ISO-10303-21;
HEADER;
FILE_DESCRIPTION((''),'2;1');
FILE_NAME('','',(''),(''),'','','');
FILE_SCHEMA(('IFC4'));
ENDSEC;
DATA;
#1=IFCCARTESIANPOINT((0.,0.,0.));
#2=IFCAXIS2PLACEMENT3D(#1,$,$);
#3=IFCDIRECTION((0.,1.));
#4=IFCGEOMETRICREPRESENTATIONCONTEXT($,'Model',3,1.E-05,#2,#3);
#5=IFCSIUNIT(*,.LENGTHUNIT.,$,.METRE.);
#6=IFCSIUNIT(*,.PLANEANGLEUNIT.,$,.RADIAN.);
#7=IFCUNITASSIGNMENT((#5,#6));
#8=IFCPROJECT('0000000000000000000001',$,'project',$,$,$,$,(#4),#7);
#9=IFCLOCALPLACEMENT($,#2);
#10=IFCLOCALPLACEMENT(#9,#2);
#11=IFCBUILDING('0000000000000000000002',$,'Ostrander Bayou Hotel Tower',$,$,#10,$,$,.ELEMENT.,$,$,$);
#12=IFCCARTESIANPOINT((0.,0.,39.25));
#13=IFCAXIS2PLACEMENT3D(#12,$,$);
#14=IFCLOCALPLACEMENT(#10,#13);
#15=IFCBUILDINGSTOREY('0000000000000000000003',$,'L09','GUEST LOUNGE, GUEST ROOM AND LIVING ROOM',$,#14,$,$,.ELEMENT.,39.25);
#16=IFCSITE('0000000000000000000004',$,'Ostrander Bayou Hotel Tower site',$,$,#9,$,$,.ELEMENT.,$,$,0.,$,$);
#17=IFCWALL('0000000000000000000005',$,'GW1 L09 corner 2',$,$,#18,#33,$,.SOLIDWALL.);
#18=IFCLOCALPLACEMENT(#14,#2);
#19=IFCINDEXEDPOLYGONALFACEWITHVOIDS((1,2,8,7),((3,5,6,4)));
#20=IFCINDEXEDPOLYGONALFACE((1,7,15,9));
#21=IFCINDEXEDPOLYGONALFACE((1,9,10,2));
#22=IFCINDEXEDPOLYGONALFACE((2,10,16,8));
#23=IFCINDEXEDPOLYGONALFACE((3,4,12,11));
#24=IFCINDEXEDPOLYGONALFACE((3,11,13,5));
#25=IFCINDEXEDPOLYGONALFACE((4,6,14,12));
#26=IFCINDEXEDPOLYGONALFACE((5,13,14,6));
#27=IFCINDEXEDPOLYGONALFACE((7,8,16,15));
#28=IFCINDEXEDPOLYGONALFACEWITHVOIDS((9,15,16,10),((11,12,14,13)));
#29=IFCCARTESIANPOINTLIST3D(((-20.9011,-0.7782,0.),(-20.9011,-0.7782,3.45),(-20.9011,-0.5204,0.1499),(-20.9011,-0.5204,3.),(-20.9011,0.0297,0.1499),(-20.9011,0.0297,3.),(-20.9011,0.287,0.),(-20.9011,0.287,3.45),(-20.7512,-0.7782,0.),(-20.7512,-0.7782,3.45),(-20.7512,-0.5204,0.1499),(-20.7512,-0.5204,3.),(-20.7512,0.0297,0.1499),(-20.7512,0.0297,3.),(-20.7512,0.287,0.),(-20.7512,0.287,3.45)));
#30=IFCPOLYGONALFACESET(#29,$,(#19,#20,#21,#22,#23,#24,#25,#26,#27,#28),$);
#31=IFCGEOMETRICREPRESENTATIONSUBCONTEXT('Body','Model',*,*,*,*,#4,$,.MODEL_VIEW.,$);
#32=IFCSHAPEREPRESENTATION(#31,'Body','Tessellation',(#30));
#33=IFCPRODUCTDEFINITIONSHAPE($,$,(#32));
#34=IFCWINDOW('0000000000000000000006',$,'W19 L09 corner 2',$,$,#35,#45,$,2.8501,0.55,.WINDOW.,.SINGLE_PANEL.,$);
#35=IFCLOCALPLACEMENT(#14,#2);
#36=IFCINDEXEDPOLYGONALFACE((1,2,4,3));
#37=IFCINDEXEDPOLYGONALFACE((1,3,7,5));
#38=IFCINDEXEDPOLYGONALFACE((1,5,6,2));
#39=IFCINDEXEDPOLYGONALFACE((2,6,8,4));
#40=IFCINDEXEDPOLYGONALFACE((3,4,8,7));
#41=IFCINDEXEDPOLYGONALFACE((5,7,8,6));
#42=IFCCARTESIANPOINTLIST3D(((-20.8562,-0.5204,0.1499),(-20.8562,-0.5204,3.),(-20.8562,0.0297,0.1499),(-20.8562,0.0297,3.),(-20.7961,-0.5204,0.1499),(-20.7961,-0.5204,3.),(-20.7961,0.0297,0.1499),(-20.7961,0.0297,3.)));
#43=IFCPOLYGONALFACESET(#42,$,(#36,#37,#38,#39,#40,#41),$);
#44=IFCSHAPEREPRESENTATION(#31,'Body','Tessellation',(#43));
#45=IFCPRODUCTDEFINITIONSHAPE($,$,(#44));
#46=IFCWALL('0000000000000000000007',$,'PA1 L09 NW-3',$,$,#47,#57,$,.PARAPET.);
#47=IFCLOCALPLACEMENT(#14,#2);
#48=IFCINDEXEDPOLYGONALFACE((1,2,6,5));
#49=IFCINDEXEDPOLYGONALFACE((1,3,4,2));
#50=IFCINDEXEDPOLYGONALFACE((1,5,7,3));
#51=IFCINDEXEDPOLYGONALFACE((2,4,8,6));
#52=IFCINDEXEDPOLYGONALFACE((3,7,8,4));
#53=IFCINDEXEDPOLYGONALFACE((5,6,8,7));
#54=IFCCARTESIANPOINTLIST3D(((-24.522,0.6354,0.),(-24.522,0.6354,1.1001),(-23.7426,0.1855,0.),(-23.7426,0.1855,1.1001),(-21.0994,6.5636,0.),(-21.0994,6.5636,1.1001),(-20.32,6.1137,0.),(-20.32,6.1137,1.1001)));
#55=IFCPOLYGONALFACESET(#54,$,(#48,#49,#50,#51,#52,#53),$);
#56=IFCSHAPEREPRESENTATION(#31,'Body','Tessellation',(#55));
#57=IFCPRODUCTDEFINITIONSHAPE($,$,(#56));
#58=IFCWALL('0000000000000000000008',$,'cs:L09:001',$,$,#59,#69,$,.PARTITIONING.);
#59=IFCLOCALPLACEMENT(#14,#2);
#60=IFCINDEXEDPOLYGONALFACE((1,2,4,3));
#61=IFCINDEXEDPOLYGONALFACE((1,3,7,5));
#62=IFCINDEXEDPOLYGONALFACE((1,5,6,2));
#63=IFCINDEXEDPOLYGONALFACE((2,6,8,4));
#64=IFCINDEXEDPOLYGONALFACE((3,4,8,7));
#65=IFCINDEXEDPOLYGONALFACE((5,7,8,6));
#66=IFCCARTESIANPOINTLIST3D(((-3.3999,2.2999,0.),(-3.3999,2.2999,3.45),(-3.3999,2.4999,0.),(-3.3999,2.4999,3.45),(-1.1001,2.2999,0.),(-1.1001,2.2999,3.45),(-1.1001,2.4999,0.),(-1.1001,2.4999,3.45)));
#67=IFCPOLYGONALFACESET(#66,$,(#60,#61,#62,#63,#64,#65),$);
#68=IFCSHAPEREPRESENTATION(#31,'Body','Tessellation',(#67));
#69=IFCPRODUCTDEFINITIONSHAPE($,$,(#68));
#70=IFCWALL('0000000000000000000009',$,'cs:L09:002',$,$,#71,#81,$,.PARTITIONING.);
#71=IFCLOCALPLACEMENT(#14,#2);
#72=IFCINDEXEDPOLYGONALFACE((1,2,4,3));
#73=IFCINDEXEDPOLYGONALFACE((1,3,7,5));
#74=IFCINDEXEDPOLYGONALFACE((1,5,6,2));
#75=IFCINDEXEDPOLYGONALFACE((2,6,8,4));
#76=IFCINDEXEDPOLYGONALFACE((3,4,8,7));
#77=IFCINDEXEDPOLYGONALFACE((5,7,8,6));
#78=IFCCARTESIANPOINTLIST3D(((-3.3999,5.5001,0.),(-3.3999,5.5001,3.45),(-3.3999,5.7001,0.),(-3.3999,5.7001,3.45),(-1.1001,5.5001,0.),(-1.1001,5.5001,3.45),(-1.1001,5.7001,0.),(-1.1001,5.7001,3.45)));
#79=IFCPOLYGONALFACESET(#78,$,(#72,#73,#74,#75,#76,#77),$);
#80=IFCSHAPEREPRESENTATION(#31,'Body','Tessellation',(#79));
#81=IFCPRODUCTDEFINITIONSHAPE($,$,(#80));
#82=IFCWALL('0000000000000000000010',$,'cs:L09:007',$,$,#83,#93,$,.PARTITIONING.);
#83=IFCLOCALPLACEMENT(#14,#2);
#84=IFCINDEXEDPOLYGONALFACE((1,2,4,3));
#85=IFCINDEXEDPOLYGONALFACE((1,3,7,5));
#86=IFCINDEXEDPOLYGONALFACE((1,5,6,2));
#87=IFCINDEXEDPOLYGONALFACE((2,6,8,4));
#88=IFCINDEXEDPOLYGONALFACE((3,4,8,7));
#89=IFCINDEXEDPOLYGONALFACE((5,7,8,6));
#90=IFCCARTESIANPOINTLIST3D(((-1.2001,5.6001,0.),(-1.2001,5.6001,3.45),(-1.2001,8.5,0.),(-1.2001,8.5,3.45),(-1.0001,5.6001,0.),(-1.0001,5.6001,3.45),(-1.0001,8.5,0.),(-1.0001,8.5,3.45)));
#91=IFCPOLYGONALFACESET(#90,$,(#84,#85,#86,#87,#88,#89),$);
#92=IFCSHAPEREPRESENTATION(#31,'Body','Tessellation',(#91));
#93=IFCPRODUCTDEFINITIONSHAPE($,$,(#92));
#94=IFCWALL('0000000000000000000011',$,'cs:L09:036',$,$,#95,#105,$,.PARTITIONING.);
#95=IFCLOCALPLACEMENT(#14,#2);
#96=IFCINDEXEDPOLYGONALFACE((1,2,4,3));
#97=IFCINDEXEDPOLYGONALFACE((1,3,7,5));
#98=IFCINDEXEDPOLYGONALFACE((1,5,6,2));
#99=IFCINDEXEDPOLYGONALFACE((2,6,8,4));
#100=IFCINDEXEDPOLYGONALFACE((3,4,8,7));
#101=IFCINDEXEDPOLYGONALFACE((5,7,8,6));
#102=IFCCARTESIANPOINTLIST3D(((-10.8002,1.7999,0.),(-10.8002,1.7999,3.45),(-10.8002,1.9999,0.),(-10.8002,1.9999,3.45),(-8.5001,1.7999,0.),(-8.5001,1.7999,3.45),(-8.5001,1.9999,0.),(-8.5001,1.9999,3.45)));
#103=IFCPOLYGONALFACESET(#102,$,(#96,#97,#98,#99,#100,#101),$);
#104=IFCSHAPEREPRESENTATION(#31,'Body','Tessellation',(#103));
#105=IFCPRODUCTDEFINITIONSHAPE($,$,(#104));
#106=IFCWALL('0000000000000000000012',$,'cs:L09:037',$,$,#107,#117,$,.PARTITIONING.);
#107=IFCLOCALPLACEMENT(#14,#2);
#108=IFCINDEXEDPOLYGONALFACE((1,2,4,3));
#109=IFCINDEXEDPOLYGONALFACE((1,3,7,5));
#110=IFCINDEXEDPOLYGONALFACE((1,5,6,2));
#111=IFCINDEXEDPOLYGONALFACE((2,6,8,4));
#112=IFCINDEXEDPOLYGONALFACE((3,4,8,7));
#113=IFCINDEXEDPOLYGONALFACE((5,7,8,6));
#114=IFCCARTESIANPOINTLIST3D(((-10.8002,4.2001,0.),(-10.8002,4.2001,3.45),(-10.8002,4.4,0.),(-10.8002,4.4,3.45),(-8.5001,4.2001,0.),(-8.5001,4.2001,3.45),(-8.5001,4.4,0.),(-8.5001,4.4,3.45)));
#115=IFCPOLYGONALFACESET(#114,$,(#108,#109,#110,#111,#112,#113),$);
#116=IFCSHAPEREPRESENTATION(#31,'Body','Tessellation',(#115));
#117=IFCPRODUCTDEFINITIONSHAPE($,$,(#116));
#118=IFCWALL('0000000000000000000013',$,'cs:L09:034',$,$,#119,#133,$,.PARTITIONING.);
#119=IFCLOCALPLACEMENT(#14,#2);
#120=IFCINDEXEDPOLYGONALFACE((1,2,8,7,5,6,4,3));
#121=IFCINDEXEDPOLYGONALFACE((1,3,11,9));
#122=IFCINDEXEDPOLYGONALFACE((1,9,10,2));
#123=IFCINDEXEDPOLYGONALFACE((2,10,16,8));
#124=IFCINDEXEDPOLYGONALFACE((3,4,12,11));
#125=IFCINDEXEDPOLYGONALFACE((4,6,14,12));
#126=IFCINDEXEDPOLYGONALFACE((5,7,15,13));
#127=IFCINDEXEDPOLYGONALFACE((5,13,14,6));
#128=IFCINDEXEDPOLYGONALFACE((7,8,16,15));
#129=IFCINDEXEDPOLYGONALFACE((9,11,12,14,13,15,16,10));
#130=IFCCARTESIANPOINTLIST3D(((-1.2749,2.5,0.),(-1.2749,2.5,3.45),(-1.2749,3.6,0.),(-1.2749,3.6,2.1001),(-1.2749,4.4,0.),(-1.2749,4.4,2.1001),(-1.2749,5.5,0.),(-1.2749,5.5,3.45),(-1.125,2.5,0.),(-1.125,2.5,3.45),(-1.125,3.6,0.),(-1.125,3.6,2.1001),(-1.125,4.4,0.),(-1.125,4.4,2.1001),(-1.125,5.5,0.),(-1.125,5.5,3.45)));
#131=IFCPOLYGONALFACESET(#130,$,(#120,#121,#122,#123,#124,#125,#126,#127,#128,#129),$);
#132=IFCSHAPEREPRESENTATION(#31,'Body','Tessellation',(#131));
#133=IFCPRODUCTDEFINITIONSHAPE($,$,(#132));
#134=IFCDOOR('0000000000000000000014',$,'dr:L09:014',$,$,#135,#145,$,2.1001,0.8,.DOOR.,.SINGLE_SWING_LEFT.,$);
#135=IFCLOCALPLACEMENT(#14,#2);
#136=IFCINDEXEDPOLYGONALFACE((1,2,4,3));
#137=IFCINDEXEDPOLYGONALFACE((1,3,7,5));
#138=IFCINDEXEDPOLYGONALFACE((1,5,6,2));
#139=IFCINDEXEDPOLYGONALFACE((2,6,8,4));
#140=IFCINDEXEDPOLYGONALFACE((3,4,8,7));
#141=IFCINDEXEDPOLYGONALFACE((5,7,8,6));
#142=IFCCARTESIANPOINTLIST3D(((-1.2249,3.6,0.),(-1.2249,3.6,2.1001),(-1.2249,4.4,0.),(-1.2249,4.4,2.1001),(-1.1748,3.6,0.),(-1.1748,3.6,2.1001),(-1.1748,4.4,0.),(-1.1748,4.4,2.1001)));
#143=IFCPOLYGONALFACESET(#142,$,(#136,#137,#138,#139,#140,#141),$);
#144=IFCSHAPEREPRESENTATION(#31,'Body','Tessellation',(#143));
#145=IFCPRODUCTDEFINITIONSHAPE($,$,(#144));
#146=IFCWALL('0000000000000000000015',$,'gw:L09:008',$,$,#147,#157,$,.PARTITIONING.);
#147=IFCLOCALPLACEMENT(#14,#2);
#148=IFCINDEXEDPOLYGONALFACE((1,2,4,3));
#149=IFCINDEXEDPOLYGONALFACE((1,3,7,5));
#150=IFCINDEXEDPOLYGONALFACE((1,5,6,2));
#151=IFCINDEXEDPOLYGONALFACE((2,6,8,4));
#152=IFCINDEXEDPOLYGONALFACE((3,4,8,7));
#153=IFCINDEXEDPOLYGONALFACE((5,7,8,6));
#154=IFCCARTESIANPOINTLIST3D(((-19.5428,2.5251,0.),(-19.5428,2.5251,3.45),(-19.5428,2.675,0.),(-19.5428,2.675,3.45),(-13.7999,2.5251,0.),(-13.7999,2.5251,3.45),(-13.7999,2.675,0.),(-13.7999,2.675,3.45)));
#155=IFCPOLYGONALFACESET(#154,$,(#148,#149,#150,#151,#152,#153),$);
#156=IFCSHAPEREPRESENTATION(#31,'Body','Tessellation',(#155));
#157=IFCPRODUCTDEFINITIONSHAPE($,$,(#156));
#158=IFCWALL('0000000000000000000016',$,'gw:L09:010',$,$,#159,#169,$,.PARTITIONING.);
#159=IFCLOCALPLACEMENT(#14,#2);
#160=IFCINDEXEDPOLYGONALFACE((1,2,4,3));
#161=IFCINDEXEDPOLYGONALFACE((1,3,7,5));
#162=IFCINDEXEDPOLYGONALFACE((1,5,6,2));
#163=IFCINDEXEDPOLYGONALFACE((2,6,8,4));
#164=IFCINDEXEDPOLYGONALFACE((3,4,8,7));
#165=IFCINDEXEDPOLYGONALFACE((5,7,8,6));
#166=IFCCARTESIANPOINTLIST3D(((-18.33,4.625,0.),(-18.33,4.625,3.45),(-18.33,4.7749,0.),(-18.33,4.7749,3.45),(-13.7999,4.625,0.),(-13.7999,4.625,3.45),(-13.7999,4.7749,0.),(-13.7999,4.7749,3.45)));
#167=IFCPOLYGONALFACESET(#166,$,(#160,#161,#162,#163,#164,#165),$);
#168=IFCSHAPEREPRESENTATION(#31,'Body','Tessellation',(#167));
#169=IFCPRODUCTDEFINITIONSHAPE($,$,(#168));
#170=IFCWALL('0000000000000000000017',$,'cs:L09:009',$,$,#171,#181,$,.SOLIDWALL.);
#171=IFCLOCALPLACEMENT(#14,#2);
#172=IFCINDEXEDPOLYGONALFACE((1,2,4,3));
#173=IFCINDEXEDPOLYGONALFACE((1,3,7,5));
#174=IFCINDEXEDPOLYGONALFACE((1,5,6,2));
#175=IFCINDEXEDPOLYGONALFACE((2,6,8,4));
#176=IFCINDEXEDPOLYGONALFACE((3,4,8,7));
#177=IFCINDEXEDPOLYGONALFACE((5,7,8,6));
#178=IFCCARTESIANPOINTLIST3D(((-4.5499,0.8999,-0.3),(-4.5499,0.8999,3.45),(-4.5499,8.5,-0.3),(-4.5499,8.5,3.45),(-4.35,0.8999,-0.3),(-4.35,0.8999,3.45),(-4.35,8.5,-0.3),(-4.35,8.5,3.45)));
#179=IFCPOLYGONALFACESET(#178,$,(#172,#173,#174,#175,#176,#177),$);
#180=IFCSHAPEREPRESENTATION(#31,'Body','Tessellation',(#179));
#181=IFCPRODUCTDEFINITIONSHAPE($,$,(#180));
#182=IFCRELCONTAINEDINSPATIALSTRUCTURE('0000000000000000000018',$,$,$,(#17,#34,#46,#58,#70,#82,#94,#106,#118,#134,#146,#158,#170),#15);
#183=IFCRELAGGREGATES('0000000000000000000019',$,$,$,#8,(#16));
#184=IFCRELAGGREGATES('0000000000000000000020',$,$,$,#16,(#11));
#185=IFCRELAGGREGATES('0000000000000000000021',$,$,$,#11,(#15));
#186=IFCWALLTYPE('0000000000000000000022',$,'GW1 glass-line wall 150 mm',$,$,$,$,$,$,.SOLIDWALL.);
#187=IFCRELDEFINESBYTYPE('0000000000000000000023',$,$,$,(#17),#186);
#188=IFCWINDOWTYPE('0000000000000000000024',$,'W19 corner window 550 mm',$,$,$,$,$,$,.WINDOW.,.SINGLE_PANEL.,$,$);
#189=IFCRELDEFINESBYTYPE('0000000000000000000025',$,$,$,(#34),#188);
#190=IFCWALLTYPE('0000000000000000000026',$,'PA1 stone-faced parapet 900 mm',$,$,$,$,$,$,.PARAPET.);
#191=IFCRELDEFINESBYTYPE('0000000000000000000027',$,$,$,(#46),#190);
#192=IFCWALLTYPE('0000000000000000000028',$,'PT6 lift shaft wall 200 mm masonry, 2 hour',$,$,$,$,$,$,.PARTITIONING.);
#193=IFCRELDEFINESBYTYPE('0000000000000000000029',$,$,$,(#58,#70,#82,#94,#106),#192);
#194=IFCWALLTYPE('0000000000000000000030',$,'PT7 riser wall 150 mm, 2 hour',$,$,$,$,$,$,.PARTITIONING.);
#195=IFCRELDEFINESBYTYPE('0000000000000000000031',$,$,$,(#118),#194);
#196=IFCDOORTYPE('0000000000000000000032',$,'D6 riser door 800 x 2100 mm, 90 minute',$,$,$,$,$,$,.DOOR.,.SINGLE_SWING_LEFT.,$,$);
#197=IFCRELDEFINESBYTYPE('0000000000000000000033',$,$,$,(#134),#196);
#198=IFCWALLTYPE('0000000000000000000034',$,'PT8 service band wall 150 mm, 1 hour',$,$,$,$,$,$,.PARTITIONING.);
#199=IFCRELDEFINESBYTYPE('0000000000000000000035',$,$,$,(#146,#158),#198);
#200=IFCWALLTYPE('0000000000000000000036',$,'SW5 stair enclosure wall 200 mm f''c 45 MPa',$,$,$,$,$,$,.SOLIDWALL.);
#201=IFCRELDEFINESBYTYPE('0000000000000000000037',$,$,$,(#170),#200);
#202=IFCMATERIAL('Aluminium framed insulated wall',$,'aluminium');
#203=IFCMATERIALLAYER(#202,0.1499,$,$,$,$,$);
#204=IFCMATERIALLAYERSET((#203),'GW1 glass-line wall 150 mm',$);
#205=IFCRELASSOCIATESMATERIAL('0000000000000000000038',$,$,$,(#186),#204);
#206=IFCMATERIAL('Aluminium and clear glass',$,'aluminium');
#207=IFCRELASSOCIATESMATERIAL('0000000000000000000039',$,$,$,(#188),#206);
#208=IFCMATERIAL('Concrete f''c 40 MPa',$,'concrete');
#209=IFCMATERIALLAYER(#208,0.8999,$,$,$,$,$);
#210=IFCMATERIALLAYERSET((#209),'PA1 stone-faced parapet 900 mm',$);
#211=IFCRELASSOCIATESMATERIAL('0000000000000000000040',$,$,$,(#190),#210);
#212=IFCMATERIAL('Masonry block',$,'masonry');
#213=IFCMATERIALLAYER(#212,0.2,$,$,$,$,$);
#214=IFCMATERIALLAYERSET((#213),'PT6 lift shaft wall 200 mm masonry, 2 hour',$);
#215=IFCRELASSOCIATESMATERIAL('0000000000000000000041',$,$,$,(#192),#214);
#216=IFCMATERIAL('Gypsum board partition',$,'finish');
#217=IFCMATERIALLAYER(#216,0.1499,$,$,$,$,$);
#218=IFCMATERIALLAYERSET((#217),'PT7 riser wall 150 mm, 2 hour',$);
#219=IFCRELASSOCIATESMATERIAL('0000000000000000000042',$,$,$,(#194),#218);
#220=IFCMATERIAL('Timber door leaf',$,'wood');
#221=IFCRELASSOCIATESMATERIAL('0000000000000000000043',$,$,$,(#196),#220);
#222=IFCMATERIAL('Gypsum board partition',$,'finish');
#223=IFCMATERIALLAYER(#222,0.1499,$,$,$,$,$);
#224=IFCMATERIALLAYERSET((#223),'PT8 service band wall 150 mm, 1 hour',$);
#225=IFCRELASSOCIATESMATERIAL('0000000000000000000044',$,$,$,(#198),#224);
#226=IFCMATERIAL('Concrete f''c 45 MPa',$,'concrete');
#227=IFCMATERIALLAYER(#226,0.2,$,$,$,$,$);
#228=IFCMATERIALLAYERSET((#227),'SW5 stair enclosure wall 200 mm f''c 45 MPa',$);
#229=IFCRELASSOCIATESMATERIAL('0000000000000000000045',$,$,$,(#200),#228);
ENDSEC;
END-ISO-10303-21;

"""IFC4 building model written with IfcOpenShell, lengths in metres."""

from ifc_helpers import new_model, si_unit, direction, frame, frame_2d, origin, place, context, subcontext, project, spatial, rectangle, extrude, material, layer, layer_set, type_object, element, fill, save


model = new_model("IFC4")

# Units and contexts
model_context = context("Model", 3, precision=1e-05, world=origin(), true_north=direction((0.0, 1.0)))
body_context = subcontext(model_context, "Body", "Model", "MODEL_VIEW")
ifc_project = project(units=[si_unit("LENGTHUNIT", "METRE"), si_unit("PLANEANGLEUNIT", "RADIAN")], contexts=[model_context])

# Site, building, storey
site_placement = place(None, origin())
site = spatial("IfcSite", under=ifc_project, at=site_placement, Name="Ostrander Bayou Hotel Tower site", CompositionType="ELEMENT", RefElevation=0.0)
building_placement = place(site_placement, origin())
building = spatial("IfcBuilding", under=site, at=building_placement, Name="Ostrander Bayou Hotel Tower", CompositionType="ELEMENT")
storey_placement = place(building_placement, frame((0.0, 0.0, 39.25)))
storey = spatial("IfcBuildingStorey", under=building, at=storey_placement, Name="L09", Description="GUEST LOUNGE, GUEST ROOM AND LIVING ROOM", CompositionType="ELEMENT", Elevation=39.25)

# Wall, opening, window
ifc_material_1 = material(Name="Aluminium framed insulated wall", Category="aluminium")
ifc_layer_1 = layer(ifc_material_1, 0.1499)
ifc_layer_set_1 = layer_set([ifc_layer_1], Name="GW1 glass-line wall 150 mm")
wall_type_1 = type_object("IfcWallType", Name="GW1 glass-line wall 150 mm", PredefinedType="SOLIDWALL", material=ifc_layer_set_1)
wall_1_placement = place(storey_placement, frame((-20.8262, 0.2871, 0.0), z_axis=(0.0, 0.0, 1.0), x_axis=(0.0, -1.0, 0.0)))
wall_1 = element("IfcWall", 1, at=wall_1_placement, inside=storey, type_object=wall_type_1, Name="GW1 L09 corner 2", PredefinedType="SOLIDWALL", context=body_context, shape_type="SweptSolid", body=[
    extrude(rectangle(XDim=1.0652, YDim=0.1499, at=frame_2d((0.5327, 0.0))), origin(), (0.0, 0.0, 1.0), 3.45),
])
opening_1_placement = place(wall_1_placement, frame((0.2576, 0.0, 0.1499)))
opening_1 = element("IfcOpeningElement", 2, at=opening_1_placement, cuts=wall_1, PredefinedType="OPENING", context=body_context, shape_type="SweptSolid", body=[
    extrude(rectangle(XDim=0.55, YDim=2.8501, at=frame_2d((0.2749, 1.425))), frame((0.0, 0.075, 0.0), z_axis=(0.0, -1.0, 0.0), x_axis=(1.0, 0.0, 0.0)), (0.0, 0.0, 1.0), 0.1499),
])
ifc_material_2 = material(Name="Aluminium and clear glass", Category="aluminium")
window_type = type_object("IfcWindowType", Name="W19 corner window 550 mm", PartitioningType="SINGLE_PANEL", PredefinedType="WINDOW", material=ifc_material_2)
window_placement = place(opening_1_placement, origin())
window = element("IfcWindow", 3, at=window_placement, inside=storey, type_object=window_type, Name="W19 L09 corner 2", OverallHeight=2.8501, OverallWidth=0.55, PartitioningType="SINGLE_PANEL", PredefinedType="WINDOW", context=body_context, shape_type="SweptSolid", body=[
    extrude(rectangle(XDim=0.55, YDim=2.8501, at=frame_2d((0.2749, 1.425))), frame((0.0, 0.03, 0.0), z_axis=(0.0, -1.0, 0.0), x_axis=(1.0, 0.0, 0.0)), (0.0, 0.0, 1.0), 0.0601),
])
fill(opening_1, window)

# Wall
ifc_material_3 = material(Name="Concrete f'c 40 MPa", Category="concrete")
ifc_layer_2 = layer(ifc_material_3, 0.8999)
ifc_layer_set_2 = layer_set([ifc_layer_2], Name="PA1 stone-faced parapet 900 mm")
wall_type_2 = type_object("IfcWallType", Name="PA1 stone-faced parapet 900 mm", PredefinedType="PARAPET", material=ifc_layer_set_2)
wall_2_placement = place(storey_placement, frame((-20.7097, 6.3386, 0.0), z_axis=(0.0, 0.0, 1.0), x_axis=(-0.499994, -0.866029, 0.0)))
element("IfcWall", 4, at=wall_2_placement, inside=storey, type_object=wall_type_2, Name="PA1 L09 NW-3", PredefinedType="PARAPET", context=body_context, shape_type="SweptSolid", body=[
    extrude(rectangle(XDim=6.8452, YDim=0.8999, at=frame_2d((3.4226, 0.0))), origin(), (0.0, 0.0, 1.0), 1.1001),
])

# Walls
ifc_material_4 = material(Name="Masonry block", Category="masonry")
ifc_layer_3 = layer(ifc_material_4, 0.2)
ifc_layer_set_3 = layer_set([ifc_layer_3], Name="PT6 lift shaft wall 200 mm masonry, 2 hour")
wall_type_3 = type_object("IfcWallType", Name="PT6 lift shaft wall 200 mm masonry, 2 hour", PredefinedType="PARTITIONING", material=ifc_layer_set_3)
for number, where, z_axis, x_axis, name in (
    (5, (-3.3999, 2.3999, 0.0), (0.0, 0.0, 1.0), (1.0, 0.0, 0.0), "cs:L09:001"),
    (6, (-3.3999, 5.6001, 0.0), (0.0, 0.0, 1.0), (1.0, 0.0, 0.0), "cs:L09:002"),
):
    element("IfcWall", number, at=place(storey_placement, frame(where, z_axis=z_axis, x_axis=x_axis)), inside=storey, type_object=wall_type_3, Name=name, PredefinedType="PARTITIONING", context=body_context, shape_type="SweptSolid", body=[
        extrude(rectangle(XDim=2.2998, YDim=0.2, at=frame_2d((1.1499, 0.0))), origin(), (0.0, 0.0, 1.0), 3.45),
    ])
wall_3_placement = place(storey_placement, frame((-1.1001, 5.6001, 0.0), z_axis=(0.0, 0.0, 1.0), x_axis=(0.0, 1.0, 0.0)))
element("IfcWall", 7, at=wall_3_placement, inside=storey, type_object=wall_type_3, Name="cs:L09:007", PredefinedType="PARTITIONING", context=body_context, shape_type="SweptSolid", body=[
    extrude(rectangle(XDim=2.8999, YDim=0.2, at=frame_2d((1.45, 0.0))), origin(), (0.0, 0.0, 1.0), 3.45),
])
for number, where, z_axis, x_axis, name in (
    (8, (-10.8, 1.8999, 0.0), (0.0, 0.0, 1.0), (1.0, 0.0, 0.0), "cs:L09:036"),
    (9, (-10.8, 4.3, 0.0), (0.0, 0.0, 1.0), (1.0, 0.0, 0.0), "cs:L09:037"),
):
    element("IfcWall", number, at=place(storey_placement, frame(where, z_axis=z_axis, x_axis=x_axis)), inside=storey, type_object=wall_type_3, Name=name, PredefinedType="PARTITIONING", context=body_context, shape_type="SweptSolid", body=[
        extrude(rectangle(XDim=2.3, YDim=0.2, at=frame_2d((1.1499, 0.0))), origin(), (0.0, 0.0, 1.0), 3.45),
    ])

# Wall, opening, door
ifc_material_5 = material(Name="Gypsum board partition", Category="finish")
ifc_layer_4 = layer(ifc_material_5, 0.1499)
ifc_layer_set_4 = layer_set([ifc_layer_4], Name="PT7 riser wall 150 mm, 2 hour")
wall_type_4 = type_object("IfcWallType", Name="PT7 riser wall 150 mm, 2 hour", PredefinedType="PARTITIONING", material=ifc_layer_set_4)
wall_4_placement = place(storey_placement, frame((-1.2, 2.5, 0.0), z_axis=(0.0, 0.0, 1.0), x_axis=(0.0, 1.0, 0.0)))
wall_4 = element("IfcWall", 10, at=wall_4_placement, inside=storey, type_object=wall_type_4, Name="cs:L09:034", PredefinedType="PARTITIONING", context=body_context, shape_type="SweptSolid", body=[
    extrude(rectangle(XDim=3.0, YDim=0.1499, at=frame_2d((1.5, 0.0))), origin(), (0.0, 0.0, 1.0), 3.45),
])
opening_2_placement = place(wall_4_placement, frame((1.1001, 0.0, 0.0)))
opening_2 = element("IfcOpeningElement", 11, at=opening_2_placement, cuts=wall_4, PredefinedType="OPENING", context=body_context, shape_type="SweptSolid", body=[
    extrude(rectangle(XDim=0.8, YDim=2.1001, at=frame_2d((0.3999, 1.05))), frame((0.0, 0.075, 0.0), z_axis=(0.0, -1.0, 0.0), x_axis=(1.0, 0.0, 0.0)), (0.0, 0.0, 1.0), 0.1499),
])
ifc_material_6 = material(Name="Timber door leaf", Category="wood")
door_type_1 = type_object("IfcDoorType", Name="D6 riser door 800 x 2100 mm, 90 minute", OperationType="SINGLE_SWING_LEFT", PredefinedType="DOOR", material=ifc_material_6)
door_1_placement = place(opening_2_placement, origin())
door_1 = element("IfcDoor", 12, at=door_1_placement, inside=storey, type_object=door_type_1, Name="dr:L09:014", OperationType="SINGLE_SWING_LEFT", OverallHeight=2.1001, OverallWidth=0.8, PredefinedType="DOOR", context=body_context, shape_type="SweptSolid", body=[
    extrude(rectangle(XDim=0.8, YDim=2.1001, at=frame_2d((0.3999, 1.05))), frame((0.0, 0.0249, 0.0), z_axis=(0.0, -1.0, 0.0), x_axis=(1.0, 0.0, 0.0)), (0.0, 0.0, 1.0), 0.05),
])
fill(opening_2, door_1)

# Walls
ifc_material_7 = material(Name="Gypsum board partition", Category="finish")
ifc_layer_5 = layer(ifc_material_7, 0.1499)
ifc_layer_set_5 = layer_set([ifc_layer_5], Name="PT8 service band wall 150 mm, 1 hour")
wall_type_5 = type_object("IfcWallType", Name="PT8 service band wall 150 mm, 1 hour", PredefinedType="PARTITIONING", material=ifc_layer_set_5)
wall_5_placement = place(storey_placement, frame((-19.543, 2.6001, 0.0), z_axis=(0.0, 0.0, 1.0), x_axis=(1.0, 0.0, 0.0)))
element("IfcWall", 13, at=wall_5_placement, inside=storey, type_object=wall_type_5, Name="gw:L09:008", PredefinedType="PARTITIONING", context=body_context, shape_type="SweptSolid", body=[
    extrude(rectangle(XDim=5.7429, YDim=0.1499, at=frame_2d((2.8716, 0.0))), origin(), (0.0, 0.0, 1.0), 3.45),
])
wall_6_placement = place(storey_placement, frame((-18.3301, 4.7, 0.0), z_axis=(0.0, 0.0, 1.0), x_axis=(1.0, 0.0, 0.0)))
element("IfcWall", 14, at=wall_6_placement, inside=storey, type_object=wall_type_5, Name="gw:L09:010", PredefinedType="PARTITIONING", context=body_context, shape_type="SweptSolid", body=[
    extrude(rectangle(XDim=4.53, YDim=0.1499, at=frame_2d((2.2651, 0.0))), origin(), (0.0, 0.0, 1.0), 3.45),
])
ifc_material_8 = material(Name="Concrete f'c 45 MPa", Category="concrete")
ifc_layer_6 = layer(ifc_material_8, 0.2)
ifc_layer_set_6 = layer_set([ifc_layer_6], Name="SW5 stair enclosure wall 200 mm f'c 45 MPa")
wall_type_6 = type_object("IfcWallType", Name="SW5 stair enclosure wall 200 mm f'c 45 MPa", PredefinedType="SOLIDWALL", material=ifc_layer_set_6)
wall_7_placement = place(storey_placement, frame((-4.45, 0.8999, -0.3), z_axis=(0.0, 0.0, 1.0), x_axis=(0.0, 1.0, 0.0)))
element("IfcWall", 15, at=wall_7_placement, inside=storey, type_object=wall_type_6, Name="cs:L09:009", PredefinedType="SOLIDWALL", context=body_context, shape_type="SweptSolid", body=[
    extrude(rectangle(XDim=7.6001, YDim=0.2, at=frame_2d((3.8, 0.0))), origin(), (0.0, 0.0, 1.0), 3.75),
])

save(model, "model.ifc")
